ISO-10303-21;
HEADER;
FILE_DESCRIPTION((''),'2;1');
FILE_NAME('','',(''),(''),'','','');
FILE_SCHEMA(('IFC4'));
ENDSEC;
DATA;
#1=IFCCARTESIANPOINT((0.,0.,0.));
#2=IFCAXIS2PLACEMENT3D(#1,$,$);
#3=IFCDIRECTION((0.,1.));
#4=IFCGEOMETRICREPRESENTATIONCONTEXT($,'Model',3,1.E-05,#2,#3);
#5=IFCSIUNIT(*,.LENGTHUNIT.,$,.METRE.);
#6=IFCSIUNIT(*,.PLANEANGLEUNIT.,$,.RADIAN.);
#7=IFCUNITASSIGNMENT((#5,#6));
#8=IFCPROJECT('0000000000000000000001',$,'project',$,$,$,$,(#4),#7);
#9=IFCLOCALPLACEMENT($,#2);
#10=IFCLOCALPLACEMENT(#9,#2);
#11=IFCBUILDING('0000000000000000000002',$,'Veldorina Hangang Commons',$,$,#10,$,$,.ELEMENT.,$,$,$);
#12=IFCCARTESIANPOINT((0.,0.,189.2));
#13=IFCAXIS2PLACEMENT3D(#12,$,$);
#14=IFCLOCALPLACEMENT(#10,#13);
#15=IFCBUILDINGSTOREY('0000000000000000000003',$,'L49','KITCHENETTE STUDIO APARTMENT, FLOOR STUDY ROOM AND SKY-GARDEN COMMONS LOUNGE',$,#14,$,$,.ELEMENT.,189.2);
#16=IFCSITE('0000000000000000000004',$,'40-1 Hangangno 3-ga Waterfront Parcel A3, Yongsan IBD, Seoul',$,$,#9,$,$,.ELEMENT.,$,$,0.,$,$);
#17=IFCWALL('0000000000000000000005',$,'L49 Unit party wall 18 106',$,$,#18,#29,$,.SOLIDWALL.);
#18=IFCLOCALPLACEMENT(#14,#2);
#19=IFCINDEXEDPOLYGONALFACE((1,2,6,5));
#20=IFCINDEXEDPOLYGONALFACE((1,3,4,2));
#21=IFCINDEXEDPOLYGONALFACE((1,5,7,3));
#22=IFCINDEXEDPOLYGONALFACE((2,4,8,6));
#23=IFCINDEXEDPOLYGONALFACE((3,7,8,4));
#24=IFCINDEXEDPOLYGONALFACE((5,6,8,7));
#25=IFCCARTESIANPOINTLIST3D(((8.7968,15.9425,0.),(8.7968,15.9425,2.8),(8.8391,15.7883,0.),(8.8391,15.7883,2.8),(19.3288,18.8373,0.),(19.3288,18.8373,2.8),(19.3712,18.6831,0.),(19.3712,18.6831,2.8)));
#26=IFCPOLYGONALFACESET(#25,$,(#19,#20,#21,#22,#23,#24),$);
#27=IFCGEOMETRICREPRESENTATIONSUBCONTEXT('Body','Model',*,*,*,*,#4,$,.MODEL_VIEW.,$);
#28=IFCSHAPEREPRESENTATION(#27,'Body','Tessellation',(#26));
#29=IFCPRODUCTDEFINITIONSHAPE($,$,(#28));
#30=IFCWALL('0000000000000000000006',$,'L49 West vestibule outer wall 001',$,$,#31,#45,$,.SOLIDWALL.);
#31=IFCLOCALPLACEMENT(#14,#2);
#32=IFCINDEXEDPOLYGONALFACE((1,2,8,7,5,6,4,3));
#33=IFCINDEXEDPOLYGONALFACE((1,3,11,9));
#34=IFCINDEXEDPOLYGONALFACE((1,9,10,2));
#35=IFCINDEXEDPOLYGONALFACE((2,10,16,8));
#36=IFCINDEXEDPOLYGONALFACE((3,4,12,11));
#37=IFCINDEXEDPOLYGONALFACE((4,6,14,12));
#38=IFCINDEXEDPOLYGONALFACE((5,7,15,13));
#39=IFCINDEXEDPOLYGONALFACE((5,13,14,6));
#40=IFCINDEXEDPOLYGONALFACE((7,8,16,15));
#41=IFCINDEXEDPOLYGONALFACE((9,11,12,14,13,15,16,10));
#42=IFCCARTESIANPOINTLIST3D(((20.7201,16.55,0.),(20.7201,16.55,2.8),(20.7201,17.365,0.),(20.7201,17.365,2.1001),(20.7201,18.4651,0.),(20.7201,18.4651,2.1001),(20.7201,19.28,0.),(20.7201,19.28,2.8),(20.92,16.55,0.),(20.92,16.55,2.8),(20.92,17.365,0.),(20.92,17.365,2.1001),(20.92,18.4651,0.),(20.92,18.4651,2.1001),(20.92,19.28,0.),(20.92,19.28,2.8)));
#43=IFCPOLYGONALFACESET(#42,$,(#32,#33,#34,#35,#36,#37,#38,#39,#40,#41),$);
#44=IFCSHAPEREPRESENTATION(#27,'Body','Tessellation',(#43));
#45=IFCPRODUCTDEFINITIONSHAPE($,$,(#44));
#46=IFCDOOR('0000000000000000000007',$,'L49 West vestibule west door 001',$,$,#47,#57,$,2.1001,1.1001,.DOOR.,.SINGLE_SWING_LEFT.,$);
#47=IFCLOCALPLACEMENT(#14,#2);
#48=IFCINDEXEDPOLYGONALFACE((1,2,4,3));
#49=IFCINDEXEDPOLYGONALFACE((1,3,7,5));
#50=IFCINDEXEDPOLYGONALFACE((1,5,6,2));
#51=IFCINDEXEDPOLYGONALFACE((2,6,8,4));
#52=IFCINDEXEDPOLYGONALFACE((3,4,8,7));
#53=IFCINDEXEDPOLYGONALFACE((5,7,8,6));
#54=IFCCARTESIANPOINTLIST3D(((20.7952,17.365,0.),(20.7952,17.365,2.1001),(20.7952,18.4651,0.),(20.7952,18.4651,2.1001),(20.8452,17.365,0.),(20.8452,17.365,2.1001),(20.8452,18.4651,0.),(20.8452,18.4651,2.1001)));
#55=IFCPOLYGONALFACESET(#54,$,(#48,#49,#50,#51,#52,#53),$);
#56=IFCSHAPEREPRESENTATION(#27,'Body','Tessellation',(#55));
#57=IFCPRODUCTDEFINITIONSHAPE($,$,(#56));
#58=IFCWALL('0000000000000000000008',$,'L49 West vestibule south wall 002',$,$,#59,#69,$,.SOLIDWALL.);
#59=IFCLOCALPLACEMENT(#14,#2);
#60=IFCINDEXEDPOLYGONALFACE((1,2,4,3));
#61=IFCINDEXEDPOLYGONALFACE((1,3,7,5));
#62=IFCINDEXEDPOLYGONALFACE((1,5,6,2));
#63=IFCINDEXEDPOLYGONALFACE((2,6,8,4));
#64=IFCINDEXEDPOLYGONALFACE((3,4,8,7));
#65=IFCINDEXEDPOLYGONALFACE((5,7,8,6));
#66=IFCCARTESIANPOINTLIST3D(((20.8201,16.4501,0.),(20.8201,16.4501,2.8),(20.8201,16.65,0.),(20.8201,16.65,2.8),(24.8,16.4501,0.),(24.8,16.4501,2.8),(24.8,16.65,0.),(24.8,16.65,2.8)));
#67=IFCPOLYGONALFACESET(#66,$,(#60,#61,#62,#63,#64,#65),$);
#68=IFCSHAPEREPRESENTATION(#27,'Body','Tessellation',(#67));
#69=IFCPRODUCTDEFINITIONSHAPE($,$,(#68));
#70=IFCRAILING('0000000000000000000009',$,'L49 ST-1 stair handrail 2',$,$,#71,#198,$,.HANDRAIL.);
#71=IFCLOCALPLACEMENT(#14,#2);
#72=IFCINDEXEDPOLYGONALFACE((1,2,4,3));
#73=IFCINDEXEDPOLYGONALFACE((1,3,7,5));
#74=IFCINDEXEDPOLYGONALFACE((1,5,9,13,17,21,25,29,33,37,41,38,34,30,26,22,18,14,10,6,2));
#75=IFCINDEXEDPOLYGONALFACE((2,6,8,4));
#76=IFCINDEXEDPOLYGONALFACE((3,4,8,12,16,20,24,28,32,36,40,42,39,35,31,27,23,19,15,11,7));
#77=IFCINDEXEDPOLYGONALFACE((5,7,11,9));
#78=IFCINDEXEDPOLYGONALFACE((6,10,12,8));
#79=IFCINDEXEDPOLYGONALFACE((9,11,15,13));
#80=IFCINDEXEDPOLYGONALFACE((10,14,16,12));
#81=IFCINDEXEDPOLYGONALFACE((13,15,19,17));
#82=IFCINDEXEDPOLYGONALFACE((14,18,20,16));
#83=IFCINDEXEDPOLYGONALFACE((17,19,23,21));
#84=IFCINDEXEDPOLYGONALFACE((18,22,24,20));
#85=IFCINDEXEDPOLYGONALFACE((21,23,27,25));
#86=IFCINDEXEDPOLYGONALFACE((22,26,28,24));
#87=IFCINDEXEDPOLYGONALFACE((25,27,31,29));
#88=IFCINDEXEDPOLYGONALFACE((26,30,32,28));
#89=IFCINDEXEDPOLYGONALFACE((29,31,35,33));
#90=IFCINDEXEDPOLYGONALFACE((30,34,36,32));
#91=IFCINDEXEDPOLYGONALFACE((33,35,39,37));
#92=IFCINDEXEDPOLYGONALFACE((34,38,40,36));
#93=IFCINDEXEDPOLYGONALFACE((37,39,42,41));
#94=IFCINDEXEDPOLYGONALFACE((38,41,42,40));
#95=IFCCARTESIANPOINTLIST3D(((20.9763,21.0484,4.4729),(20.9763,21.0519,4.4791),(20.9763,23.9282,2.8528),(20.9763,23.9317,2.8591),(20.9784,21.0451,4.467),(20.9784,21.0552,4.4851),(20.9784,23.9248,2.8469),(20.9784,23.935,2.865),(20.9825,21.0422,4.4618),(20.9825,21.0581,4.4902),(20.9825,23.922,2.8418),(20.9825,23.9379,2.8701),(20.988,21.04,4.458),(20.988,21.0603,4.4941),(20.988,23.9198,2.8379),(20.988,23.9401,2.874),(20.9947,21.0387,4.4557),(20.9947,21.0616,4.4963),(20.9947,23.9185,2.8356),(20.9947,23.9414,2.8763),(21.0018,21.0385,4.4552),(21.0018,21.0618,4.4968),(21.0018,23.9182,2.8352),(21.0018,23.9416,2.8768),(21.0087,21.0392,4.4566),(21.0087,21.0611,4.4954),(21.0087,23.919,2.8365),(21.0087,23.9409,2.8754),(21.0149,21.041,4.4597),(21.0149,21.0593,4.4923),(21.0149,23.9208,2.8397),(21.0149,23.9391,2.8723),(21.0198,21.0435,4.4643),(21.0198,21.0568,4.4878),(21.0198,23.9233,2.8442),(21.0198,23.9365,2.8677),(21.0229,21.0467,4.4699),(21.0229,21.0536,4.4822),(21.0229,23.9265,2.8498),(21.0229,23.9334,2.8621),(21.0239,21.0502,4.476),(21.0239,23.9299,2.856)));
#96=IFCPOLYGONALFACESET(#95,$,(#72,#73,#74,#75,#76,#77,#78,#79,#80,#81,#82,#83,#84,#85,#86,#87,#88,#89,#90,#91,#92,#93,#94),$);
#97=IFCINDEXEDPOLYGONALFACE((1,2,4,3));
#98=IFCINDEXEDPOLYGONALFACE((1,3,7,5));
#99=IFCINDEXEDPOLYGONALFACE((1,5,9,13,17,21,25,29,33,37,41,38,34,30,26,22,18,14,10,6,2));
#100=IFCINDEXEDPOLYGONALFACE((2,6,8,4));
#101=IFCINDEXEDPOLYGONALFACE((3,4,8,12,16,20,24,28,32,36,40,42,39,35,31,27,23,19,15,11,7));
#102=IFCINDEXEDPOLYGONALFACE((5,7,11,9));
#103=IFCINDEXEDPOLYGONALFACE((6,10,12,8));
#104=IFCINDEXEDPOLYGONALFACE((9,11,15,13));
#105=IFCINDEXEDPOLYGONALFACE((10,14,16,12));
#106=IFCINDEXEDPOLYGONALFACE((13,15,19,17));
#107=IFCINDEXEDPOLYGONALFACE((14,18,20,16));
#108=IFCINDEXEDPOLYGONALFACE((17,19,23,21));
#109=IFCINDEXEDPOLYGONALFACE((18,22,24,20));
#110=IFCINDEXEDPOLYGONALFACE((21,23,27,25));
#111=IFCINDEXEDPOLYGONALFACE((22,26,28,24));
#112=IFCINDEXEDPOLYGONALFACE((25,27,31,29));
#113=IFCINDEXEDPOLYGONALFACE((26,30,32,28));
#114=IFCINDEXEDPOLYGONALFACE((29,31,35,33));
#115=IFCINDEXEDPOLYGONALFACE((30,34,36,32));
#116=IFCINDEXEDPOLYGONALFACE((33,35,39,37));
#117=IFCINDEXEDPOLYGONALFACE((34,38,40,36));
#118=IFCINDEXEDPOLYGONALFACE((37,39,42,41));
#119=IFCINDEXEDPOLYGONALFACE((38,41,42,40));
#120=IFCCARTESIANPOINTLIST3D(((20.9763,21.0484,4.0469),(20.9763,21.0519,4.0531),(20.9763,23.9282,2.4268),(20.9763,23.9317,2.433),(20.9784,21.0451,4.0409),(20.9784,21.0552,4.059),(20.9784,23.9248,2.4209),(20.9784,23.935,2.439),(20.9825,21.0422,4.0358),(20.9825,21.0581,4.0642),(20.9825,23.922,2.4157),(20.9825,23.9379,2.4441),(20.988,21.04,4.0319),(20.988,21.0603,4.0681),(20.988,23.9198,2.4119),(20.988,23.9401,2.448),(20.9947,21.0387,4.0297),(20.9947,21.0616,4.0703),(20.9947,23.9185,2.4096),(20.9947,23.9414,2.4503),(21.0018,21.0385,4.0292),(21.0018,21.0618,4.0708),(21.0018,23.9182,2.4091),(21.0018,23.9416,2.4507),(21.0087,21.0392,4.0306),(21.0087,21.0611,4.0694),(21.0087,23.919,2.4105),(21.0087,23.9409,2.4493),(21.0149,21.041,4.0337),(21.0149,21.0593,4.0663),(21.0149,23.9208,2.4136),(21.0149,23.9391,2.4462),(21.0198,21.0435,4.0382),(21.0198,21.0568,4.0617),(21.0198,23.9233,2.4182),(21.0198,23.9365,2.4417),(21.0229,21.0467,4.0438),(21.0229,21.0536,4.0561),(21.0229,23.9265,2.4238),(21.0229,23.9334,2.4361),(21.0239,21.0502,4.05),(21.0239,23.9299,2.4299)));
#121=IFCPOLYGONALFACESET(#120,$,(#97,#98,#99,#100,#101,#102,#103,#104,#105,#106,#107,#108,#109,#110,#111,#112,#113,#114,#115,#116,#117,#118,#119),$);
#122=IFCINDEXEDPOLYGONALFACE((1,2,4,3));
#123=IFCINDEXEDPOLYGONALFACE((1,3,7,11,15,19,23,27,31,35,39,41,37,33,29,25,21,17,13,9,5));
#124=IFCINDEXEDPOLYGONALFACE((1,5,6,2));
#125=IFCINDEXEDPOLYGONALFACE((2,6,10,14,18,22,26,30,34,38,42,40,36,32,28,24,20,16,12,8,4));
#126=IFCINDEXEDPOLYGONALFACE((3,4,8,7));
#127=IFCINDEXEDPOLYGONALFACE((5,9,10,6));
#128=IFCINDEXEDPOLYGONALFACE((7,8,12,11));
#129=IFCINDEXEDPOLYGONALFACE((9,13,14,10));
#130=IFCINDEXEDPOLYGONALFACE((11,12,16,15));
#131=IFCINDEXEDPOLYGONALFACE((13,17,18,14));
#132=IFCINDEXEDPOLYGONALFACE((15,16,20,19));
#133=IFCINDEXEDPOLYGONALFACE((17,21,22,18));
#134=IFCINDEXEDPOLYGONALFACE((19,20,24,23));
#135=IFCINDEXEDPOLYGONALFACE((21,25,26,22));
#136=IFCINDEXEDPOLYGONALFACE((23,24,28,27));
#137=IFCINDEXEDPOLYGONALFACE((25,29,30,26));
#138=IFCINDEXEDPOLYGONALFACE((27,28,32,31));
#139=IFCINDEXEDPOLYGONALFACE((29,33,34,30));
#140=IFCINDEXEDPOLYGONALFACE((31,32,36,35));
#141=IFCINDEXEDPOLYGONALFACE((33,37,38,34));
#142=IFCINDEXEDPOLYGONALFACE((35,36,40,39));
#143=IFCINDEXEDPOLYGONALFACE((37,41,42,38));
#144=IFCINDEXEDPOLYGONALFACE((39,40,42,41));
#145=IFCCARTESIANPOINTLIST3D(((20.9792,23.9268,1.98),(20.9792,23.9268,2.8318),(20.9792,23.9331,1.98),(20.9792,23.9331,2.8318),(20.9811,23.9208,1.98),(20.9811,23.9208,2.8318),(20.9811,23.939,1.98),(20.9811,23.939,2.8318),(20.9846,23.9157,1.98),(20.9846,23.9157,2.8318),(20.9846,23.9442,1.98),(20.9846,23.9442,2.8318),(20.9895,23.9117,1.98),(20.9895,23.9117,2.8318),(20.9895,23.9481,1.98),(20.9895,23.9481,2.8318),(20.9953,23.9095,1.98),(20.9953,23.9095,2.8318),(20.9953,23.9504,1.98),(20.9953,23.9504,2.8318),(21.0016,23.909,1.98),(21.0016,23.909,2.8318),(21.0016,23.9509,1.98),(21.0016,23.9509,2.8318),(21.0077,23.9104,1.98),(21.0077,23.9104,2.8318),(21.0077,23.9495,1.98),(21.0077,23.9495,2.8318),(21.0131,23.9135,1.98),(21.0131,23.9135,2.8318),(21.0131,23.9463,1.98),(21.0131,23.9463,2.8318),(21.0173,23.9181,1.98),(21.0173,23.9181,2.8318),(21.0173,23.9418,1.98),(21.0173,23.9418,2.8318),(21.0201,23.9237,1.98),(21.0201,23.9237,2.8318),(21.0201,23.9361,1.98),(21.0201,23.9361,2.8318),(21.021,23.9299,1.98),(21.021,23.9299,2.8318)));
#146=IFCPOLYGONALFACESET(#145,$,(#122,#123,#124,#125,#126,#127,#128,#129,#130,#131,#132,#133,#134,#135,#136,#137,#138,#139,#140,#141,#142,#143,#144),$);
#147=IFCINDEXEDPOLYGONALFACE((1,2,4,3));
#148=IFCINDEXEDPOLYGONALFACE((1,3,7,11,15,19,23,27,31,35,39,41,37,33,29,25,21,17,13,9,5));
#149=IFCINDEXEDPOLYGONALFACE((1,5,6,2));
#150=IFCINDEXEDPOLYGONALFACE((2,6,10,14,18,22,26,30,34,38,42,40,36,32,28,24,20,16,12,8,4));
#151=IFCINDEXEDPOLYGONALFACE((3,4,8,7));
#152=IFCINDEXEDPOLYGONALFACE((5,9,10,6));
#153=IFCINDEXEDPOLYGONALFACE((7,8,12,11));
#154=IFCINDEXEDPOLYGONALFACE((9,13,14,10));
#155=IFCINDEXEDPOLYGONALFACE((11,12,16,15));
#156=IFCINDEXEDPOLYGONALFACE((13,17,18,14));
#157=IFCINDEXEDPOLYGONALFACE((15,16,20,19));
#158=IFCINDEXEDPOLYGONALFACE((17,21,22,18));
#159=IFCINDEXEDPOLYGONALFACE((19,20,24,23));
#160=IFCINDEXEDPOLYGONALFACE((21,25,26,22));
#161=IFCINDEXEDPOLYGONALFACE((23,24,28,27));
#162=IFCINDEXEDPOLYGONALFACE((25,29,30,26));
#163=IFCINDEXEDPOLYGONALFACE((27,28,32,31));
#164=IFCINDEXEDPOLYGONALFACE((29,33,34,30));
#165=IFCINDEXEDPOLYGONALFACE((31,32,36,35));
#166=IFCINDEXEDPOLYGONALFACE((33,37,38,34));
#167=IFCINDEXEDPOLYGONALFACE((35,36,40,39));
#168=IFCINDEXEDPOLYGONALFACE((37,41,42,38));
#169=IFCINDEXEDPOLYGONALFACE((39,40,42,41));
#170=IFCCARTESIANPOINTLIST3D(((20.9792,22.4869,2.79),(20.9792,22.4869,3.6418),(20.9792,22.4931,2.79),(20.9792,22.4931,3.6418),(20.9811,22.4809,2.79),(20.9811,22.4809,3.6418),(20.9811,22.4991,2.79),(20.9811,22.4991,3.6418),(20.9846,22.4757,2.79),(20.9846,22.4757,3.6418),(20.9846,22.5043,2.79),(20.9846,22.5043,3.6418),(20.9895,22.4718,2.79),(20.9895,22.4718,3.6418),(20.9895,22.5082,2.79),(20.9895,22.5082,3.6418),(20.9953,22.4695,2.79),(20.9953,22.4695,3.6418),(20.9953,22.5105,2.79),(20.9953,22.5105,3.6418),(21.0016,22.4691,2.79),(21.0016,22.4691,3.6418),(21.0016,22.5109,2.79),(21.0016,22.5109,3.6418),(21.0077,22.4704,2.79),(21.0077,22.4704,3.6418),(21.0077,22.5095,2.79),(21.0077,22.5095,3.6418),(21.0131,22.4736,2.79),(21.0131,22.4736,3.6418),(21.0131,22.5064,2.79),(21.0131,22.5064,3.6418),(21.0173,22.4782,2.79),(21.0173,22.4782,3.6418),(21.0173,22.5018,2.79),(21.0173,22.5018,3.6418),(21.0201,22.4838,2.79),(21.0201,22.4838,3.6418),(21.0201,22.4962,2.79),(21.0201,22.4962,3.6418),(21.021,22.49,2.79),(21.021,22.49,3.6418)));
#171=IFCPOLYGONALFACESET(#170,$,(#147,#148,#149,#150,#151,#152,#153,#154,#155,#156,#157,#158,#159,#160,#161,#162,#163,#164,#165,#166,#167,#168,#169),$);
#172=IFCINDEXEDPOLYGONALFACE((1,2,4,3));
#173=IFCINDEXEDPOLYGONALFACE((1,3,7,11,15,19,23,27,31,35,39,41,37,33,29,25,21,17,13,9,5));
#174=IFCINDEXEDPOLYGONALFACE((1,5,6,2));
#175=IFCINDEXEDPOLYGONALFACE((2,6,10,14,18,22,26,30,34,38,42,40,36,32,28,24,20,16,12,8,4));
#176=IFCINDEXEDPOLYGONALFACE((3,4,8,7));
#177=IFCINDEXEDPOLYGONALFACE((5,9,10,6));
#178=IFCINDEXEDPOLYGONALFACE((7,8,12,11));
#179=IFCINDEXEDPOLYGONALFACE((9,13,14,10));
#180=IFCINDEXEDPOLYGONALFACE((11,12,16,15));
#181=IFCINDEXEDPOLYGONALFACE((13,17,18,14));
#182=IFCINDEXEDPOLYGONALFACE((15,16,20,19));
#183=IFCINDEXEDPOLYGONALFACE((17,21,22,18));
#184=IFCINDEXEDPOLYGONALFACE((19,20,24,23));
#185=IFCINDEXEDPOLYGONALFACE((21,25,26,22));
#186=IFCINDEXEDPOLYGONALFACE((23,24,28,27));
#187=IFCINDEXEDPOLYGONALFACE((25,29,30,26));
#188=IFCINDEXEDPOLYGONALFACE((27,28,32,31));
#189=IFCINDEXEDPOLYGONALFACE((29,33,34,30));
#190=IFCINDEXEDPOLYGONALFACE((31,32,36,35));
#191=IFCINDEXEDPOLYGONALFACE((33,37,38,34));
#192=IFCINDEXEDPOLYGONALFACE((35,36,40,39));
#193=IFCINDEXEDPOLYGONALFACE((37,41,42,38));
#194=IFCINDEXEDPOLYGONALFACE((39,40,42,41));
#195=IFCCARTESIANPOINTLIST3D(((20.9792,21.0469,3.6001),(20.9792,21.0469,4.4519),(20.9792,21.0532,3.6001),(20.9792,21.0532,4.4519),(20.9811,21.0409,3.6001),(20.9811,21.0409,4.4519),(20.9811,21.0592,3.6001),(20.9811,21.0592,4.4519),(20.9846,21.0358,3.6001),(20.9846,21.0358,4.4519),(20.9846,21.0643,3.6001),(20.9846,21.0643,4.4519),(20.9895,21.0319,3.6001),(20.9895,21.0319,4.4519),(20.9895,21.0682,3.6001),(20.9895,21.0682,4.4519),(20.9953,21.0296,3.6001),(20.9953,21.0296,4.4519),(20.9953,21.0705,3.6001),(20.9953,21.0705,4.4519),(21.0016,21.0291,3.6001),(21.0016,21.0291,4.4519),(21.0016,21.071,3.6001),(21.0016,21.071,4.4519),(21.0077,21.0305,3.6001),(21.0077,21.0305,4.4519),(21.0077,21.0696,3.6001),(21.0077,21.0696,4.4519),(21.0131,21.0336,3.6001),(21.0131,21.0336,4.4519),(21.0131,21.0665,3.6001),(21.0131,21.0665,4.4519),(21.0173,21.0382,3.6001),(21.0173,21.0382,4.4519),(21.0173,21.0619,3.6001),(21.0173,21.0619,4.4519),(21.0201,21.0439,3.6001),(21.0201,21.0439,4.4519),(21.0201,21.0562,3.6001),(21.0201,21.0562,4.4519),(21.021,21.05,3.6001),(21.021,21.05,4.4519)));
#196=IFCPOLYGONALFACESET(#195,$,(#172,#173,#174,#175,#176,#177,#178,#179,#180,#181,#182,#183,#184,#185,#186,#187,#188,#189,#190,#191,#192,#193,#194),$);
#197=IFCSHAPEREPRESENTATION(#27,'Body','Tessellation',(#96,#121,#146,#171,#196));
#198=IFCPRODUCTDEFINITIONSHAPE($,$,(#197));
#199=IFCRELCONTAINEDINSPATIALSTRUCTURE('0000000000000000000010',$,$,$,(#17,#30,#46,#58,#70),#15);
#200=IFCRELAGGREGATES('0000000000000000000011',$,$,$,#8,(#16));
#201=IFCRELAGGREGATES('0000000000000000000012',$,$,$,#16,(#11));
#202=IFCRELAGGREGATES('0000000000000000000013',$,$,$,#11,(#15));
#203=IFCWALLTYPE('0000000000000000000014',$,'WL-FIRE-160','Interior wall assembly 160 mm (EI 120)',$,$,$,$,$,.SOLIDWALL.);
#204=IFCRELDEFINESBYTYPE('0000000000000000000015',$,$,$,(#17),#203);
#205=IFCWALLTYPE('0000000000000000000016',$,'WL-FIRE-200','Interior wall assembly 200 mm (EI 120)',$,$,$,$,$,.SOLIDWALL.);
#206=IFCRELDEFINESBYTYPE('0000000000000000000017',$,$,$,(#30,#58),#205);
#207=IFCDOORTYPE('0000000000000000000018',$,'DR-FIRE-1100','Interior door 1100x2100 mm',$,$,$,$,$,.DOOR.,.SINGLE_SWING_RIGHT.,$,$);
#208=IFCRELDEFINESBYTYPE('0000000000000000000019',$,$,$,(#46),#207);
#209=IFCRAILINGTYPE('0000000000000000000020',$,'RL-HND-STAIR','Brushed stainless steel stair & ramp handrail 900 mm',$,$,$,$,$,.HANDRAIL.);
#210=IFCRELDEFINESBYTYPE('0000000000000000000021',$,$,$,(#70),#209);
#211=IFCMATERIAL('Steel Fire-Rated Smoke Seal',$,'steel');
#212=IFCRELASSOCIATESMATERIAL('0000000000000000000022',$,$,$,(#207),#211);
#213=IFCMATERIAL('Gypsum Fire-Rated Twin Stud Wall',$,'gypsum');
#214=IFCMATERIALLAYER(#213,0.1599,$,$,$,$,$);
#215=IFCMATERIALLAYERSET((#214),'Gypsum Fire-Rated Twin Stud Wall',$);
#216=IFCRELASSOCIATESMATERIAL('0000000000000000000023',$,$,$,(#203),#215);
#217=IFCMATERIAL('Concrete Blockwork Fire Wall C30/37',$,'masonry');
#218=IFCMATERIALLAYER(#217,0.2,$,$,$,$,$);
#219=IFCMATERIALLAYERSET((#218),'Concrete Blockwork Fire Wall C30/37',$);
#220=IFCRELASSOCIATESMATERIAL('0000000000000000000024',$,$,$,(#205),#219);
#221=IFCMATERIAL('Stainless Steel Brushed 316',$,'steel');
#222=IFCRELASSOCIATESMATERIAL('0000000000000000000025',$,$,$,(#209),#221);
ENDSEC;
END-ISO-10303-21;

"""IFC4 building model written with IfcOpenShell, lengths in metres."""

from ifc_helpers import new_model, si_unit, direction, frame, frame_2d, origin, origin_2d, place, context, subcontext, project, spatial, rectangle, circle, extrude, material, layer, layer_set, type_object, element, fill, save


model = new_model("IFC4")

# Units and contexts
model_context = context("Model", 3, precision=1e-05, world=origin(), true_north=direction((0.0, 1.0)))
body_context = subcontext(model_context, "Body", "Model", "MODEL_VIEW")
ifc_project = project(units=[si_unit("LENGTHUNIT", "METRE"), si_unit("PLANEANGLEUNIT", "RADIAN")], contexts=[model_context])

# Site, building, storey
site_placement = place(None, origin())
site = spatial("IfcSite", under=ifc_project, at=site_placement, Name="40-1 Hangangno 3-ga Waterfront Parcel A3, Yongsan IBD, Seoul", CompositionType="ELEMENT", RefElevation=0.0)
building_placement = place(site_placement, origin())
building = spatial("IfcBuilding", under=site, at=building_placement, Name="Veldorina Hangang Commons", CompositionType="ELEMENT")
storey_placement = place(building_placement, frame((0.0, 0.0, 189.2)))
storey = spatial("IfcBuildingStorey", under=building, at=storey_placement, Name="L49", Description="KITCHENETTE STUDIO APARTMENT, FLOOR STUDY ROOM AND SKY-GARDEN COMMONS LOUNGE", CompositionType="ELEMENT", Elevation=189.2)

# Shared definitions
ifc_material_1 = material(Name="Steel Fire-Rated Smoke Seal", Category="steel")
door_type_1 = type_object("IfcDoorType", Name="DR-FIRE-1100", Description="Interior door 1100x2100 mm", OperationType="SINGLE_SWING_RIGHT", PredefinedType="DOOR", material=ifc_material_1)

# Shared definitions
ifc_material_2 = material(Name="Gypsum Fire-Rated Twin Stud Wall", Category="gypsum")
ifc_layer_1 = layer(ifc_material_2, 0.1599)
ifc_layer_set_1 = layer_set([ifc_layer_1], Name="Gypsum Fire-Rated Twin Stud Wall")
wall_type_1 = type_object("IfcWallType", Name="WL-FIRE-160", Description="Interior wall assembly 160 mm (EI 120)", PredefinedType="SOLIDWALL", material=ifc_layer_set_1)

# Wall
wall_1_placement = place(storey_placement, frame((19.3501, 18.7603, 0.0), z_axis=(0.0, 0.0, 1.0), x_axis=(-0.964241, -0.265027, 0.0)))
element("IfcWall", 1, at=wall_1_placement, inside=storey, type_object=wall_type_1, Name="L49 Unit party wall 18 106", PredefinedType="SOLIDWALL", context=body_context, shape_type="SweptSolid", body=[
    extrude(rectangle(XDim=10.9226, YDim=0.1599, at=frame_2d((5.4614, 0.0))), origin(), (0.0, 0.0, 1.0), 2.8),
])

# Wall, opening, door
ifc_material_3 = material(Name="Concrete Blockwork Fire Wall C30/37", Category="masonry")
ifc_layer_2 = layer(ifc_material_3, 0.2)
ifc_layer_set_2 = layer_set([ifc_layer_2], Name="Concrete Blockwork Fire Wall C30/37")
wall_type_2 = type_object("IfcWallType", Name="WL-FIRE-200", Description="Interior wall assembly 200 mm (EI 120)", PredefinedType="SOLIDWALL", material=ifc_layer_set_2)
wall_2_placement = place(storey_placement, frame((20.8201, 16.55, 0.0), z_axis=(0.0, 0.0, 1.0), x_axis=(0.0, 1.0, 0.0)))
wall_2 = element("IfcWall", 2, at=wall_2_placement, inside=storey, type_object=wall_type_2, Name="L49 West vestibule outer wall 001", PredefinedType="SOLIDWALL", context=body_context, shape_type="SweptSolid", body=[
    extrude(rectangle(XDim=2.73, YDim=0.2, at=frame_2d((1.365, 0.0))), origin(), (0.0, 0.0, 1.0), 2.8),
])
opening_1_placement = place(wall_2_placement, frame((0.8149, 0.0, 0.0)))
opening_1 = element("IfcOpeningElement", 3, at=opening_1_placement, cuts=wall_2, PredefinedType="OPENING", context=body_context, shape_type="SweptSolid", body=[
    extrude(rectangle(XDim=1.1001, YDim=2.1001, at=frame_2d((0.55, 1.05))), frame((0.0, 0.1099, 0.0), z_axis=(0.0, -1.0, 0.0), x_axis=(1.0, 0.0, 0.0)), (0.0, 0.0, 1.0), 0.22),
])
door_1_placement = place(opening_1_placement, origin())
door_1 = element("IfcDoor", 4, at=door_1_placement, inside=storey, type_object=door_type_1, Name="L49 West vestibule west door 001", OperationType="SINGLE_SWING_LEFT", OverallHeight=2.1001, OverallWidth=1.1001, PredefinedType="DOOR", context=body_context, shape_type="SweptSolid", body=[
    extrude(rectangle(XDim=1.1001, YDim=2.1001, at=frame_2d((0.55, 1.05))), frame((0.0, 0.0249, 0.0), z_axis=(0.0, -1.0, 0.0), x_axis=(1.0, 0.0, 0.0)), (0.0, 0.0, 1.0), 0.05),
])
fill(opening_1, door_1)

# Wall
wall_3_placement = place(storey_placement, frame((20.8201, 16.55, 0.0), z_axis=(0.0, 0.0, 1.0), x_axis=(1.0, 0.0, 0.0)))
element("IfcWall", 5, at=wall_3_placement, inside=storey, type_object=wall_type_2, Name="L49 West vestibule south wall 002", PredefinedType="SOLIDWALL", context=body_context, shape_type="SweptSolid", body=[
    extrude(rectangle(XDim=3.98, YDim=0.2, at=frame_2d((1.99, 0.0))), origin(), (0.0, 0.0, 1.0), 2.8),
])

# Railing
ifc_material_4 = material(Name="Stainless Steel Brushed 316", Category="steel")
railing_type = type_object("IfcRailingType", Name="RL-HND-STAIR", Description="Brushed stainless steel stair & ramp handrail 900 mm", PredefinedType="HANDRAIL", material=ifc_material_4)
railing_placement = place(storey_placement, frame((21.0, 23.9299, 1.98)))
element("IfcRailing", 6, at=railing_placement, inside=storey, type_object=railing_type, Name="L49 ST-1 stair handrail 2", PredefinedType="HANDRAIL", context=body_context, shape_type="SweptSolid", body=[
    extrude(circle(Radius=0.0239, at=origin_2d()), frame((0.0, 0.0, 0.876), z_axis=(0.0, -0.871552, 0.490303), x_axis=(1.0, 0.0, 0.0)), (0.0, 0.0, 1.0), 3.3042),
    extrude(circle(Radius=0.0239, at=origin_2d()), frame((0.0, 0.0, 0.45), z_axis=(0.0, -0.871552, 0.490303), x_axis=(1.0, 0.0, 0.0)), (0.0, 0.0, 1.0), 3.3042),
    extrude(circle(Radius=0.021, at=origin_2d()), origin(), (0.0, 0.0, 1.0), 0.8518),
    extrude(circle(Radius=0.021, at=origin_2d()), frame((0.0, -1.4399, 0.8101)), (0.0, 0.0, 1.0), 0.8518),
    extrude(circle(Radius=0.021, at=origin_2d()), frame((0.0, -2.8799, 1.6201)), (0.0, 0.0, 1.0), 0.8518),
])

save(model, "model.ifc")
